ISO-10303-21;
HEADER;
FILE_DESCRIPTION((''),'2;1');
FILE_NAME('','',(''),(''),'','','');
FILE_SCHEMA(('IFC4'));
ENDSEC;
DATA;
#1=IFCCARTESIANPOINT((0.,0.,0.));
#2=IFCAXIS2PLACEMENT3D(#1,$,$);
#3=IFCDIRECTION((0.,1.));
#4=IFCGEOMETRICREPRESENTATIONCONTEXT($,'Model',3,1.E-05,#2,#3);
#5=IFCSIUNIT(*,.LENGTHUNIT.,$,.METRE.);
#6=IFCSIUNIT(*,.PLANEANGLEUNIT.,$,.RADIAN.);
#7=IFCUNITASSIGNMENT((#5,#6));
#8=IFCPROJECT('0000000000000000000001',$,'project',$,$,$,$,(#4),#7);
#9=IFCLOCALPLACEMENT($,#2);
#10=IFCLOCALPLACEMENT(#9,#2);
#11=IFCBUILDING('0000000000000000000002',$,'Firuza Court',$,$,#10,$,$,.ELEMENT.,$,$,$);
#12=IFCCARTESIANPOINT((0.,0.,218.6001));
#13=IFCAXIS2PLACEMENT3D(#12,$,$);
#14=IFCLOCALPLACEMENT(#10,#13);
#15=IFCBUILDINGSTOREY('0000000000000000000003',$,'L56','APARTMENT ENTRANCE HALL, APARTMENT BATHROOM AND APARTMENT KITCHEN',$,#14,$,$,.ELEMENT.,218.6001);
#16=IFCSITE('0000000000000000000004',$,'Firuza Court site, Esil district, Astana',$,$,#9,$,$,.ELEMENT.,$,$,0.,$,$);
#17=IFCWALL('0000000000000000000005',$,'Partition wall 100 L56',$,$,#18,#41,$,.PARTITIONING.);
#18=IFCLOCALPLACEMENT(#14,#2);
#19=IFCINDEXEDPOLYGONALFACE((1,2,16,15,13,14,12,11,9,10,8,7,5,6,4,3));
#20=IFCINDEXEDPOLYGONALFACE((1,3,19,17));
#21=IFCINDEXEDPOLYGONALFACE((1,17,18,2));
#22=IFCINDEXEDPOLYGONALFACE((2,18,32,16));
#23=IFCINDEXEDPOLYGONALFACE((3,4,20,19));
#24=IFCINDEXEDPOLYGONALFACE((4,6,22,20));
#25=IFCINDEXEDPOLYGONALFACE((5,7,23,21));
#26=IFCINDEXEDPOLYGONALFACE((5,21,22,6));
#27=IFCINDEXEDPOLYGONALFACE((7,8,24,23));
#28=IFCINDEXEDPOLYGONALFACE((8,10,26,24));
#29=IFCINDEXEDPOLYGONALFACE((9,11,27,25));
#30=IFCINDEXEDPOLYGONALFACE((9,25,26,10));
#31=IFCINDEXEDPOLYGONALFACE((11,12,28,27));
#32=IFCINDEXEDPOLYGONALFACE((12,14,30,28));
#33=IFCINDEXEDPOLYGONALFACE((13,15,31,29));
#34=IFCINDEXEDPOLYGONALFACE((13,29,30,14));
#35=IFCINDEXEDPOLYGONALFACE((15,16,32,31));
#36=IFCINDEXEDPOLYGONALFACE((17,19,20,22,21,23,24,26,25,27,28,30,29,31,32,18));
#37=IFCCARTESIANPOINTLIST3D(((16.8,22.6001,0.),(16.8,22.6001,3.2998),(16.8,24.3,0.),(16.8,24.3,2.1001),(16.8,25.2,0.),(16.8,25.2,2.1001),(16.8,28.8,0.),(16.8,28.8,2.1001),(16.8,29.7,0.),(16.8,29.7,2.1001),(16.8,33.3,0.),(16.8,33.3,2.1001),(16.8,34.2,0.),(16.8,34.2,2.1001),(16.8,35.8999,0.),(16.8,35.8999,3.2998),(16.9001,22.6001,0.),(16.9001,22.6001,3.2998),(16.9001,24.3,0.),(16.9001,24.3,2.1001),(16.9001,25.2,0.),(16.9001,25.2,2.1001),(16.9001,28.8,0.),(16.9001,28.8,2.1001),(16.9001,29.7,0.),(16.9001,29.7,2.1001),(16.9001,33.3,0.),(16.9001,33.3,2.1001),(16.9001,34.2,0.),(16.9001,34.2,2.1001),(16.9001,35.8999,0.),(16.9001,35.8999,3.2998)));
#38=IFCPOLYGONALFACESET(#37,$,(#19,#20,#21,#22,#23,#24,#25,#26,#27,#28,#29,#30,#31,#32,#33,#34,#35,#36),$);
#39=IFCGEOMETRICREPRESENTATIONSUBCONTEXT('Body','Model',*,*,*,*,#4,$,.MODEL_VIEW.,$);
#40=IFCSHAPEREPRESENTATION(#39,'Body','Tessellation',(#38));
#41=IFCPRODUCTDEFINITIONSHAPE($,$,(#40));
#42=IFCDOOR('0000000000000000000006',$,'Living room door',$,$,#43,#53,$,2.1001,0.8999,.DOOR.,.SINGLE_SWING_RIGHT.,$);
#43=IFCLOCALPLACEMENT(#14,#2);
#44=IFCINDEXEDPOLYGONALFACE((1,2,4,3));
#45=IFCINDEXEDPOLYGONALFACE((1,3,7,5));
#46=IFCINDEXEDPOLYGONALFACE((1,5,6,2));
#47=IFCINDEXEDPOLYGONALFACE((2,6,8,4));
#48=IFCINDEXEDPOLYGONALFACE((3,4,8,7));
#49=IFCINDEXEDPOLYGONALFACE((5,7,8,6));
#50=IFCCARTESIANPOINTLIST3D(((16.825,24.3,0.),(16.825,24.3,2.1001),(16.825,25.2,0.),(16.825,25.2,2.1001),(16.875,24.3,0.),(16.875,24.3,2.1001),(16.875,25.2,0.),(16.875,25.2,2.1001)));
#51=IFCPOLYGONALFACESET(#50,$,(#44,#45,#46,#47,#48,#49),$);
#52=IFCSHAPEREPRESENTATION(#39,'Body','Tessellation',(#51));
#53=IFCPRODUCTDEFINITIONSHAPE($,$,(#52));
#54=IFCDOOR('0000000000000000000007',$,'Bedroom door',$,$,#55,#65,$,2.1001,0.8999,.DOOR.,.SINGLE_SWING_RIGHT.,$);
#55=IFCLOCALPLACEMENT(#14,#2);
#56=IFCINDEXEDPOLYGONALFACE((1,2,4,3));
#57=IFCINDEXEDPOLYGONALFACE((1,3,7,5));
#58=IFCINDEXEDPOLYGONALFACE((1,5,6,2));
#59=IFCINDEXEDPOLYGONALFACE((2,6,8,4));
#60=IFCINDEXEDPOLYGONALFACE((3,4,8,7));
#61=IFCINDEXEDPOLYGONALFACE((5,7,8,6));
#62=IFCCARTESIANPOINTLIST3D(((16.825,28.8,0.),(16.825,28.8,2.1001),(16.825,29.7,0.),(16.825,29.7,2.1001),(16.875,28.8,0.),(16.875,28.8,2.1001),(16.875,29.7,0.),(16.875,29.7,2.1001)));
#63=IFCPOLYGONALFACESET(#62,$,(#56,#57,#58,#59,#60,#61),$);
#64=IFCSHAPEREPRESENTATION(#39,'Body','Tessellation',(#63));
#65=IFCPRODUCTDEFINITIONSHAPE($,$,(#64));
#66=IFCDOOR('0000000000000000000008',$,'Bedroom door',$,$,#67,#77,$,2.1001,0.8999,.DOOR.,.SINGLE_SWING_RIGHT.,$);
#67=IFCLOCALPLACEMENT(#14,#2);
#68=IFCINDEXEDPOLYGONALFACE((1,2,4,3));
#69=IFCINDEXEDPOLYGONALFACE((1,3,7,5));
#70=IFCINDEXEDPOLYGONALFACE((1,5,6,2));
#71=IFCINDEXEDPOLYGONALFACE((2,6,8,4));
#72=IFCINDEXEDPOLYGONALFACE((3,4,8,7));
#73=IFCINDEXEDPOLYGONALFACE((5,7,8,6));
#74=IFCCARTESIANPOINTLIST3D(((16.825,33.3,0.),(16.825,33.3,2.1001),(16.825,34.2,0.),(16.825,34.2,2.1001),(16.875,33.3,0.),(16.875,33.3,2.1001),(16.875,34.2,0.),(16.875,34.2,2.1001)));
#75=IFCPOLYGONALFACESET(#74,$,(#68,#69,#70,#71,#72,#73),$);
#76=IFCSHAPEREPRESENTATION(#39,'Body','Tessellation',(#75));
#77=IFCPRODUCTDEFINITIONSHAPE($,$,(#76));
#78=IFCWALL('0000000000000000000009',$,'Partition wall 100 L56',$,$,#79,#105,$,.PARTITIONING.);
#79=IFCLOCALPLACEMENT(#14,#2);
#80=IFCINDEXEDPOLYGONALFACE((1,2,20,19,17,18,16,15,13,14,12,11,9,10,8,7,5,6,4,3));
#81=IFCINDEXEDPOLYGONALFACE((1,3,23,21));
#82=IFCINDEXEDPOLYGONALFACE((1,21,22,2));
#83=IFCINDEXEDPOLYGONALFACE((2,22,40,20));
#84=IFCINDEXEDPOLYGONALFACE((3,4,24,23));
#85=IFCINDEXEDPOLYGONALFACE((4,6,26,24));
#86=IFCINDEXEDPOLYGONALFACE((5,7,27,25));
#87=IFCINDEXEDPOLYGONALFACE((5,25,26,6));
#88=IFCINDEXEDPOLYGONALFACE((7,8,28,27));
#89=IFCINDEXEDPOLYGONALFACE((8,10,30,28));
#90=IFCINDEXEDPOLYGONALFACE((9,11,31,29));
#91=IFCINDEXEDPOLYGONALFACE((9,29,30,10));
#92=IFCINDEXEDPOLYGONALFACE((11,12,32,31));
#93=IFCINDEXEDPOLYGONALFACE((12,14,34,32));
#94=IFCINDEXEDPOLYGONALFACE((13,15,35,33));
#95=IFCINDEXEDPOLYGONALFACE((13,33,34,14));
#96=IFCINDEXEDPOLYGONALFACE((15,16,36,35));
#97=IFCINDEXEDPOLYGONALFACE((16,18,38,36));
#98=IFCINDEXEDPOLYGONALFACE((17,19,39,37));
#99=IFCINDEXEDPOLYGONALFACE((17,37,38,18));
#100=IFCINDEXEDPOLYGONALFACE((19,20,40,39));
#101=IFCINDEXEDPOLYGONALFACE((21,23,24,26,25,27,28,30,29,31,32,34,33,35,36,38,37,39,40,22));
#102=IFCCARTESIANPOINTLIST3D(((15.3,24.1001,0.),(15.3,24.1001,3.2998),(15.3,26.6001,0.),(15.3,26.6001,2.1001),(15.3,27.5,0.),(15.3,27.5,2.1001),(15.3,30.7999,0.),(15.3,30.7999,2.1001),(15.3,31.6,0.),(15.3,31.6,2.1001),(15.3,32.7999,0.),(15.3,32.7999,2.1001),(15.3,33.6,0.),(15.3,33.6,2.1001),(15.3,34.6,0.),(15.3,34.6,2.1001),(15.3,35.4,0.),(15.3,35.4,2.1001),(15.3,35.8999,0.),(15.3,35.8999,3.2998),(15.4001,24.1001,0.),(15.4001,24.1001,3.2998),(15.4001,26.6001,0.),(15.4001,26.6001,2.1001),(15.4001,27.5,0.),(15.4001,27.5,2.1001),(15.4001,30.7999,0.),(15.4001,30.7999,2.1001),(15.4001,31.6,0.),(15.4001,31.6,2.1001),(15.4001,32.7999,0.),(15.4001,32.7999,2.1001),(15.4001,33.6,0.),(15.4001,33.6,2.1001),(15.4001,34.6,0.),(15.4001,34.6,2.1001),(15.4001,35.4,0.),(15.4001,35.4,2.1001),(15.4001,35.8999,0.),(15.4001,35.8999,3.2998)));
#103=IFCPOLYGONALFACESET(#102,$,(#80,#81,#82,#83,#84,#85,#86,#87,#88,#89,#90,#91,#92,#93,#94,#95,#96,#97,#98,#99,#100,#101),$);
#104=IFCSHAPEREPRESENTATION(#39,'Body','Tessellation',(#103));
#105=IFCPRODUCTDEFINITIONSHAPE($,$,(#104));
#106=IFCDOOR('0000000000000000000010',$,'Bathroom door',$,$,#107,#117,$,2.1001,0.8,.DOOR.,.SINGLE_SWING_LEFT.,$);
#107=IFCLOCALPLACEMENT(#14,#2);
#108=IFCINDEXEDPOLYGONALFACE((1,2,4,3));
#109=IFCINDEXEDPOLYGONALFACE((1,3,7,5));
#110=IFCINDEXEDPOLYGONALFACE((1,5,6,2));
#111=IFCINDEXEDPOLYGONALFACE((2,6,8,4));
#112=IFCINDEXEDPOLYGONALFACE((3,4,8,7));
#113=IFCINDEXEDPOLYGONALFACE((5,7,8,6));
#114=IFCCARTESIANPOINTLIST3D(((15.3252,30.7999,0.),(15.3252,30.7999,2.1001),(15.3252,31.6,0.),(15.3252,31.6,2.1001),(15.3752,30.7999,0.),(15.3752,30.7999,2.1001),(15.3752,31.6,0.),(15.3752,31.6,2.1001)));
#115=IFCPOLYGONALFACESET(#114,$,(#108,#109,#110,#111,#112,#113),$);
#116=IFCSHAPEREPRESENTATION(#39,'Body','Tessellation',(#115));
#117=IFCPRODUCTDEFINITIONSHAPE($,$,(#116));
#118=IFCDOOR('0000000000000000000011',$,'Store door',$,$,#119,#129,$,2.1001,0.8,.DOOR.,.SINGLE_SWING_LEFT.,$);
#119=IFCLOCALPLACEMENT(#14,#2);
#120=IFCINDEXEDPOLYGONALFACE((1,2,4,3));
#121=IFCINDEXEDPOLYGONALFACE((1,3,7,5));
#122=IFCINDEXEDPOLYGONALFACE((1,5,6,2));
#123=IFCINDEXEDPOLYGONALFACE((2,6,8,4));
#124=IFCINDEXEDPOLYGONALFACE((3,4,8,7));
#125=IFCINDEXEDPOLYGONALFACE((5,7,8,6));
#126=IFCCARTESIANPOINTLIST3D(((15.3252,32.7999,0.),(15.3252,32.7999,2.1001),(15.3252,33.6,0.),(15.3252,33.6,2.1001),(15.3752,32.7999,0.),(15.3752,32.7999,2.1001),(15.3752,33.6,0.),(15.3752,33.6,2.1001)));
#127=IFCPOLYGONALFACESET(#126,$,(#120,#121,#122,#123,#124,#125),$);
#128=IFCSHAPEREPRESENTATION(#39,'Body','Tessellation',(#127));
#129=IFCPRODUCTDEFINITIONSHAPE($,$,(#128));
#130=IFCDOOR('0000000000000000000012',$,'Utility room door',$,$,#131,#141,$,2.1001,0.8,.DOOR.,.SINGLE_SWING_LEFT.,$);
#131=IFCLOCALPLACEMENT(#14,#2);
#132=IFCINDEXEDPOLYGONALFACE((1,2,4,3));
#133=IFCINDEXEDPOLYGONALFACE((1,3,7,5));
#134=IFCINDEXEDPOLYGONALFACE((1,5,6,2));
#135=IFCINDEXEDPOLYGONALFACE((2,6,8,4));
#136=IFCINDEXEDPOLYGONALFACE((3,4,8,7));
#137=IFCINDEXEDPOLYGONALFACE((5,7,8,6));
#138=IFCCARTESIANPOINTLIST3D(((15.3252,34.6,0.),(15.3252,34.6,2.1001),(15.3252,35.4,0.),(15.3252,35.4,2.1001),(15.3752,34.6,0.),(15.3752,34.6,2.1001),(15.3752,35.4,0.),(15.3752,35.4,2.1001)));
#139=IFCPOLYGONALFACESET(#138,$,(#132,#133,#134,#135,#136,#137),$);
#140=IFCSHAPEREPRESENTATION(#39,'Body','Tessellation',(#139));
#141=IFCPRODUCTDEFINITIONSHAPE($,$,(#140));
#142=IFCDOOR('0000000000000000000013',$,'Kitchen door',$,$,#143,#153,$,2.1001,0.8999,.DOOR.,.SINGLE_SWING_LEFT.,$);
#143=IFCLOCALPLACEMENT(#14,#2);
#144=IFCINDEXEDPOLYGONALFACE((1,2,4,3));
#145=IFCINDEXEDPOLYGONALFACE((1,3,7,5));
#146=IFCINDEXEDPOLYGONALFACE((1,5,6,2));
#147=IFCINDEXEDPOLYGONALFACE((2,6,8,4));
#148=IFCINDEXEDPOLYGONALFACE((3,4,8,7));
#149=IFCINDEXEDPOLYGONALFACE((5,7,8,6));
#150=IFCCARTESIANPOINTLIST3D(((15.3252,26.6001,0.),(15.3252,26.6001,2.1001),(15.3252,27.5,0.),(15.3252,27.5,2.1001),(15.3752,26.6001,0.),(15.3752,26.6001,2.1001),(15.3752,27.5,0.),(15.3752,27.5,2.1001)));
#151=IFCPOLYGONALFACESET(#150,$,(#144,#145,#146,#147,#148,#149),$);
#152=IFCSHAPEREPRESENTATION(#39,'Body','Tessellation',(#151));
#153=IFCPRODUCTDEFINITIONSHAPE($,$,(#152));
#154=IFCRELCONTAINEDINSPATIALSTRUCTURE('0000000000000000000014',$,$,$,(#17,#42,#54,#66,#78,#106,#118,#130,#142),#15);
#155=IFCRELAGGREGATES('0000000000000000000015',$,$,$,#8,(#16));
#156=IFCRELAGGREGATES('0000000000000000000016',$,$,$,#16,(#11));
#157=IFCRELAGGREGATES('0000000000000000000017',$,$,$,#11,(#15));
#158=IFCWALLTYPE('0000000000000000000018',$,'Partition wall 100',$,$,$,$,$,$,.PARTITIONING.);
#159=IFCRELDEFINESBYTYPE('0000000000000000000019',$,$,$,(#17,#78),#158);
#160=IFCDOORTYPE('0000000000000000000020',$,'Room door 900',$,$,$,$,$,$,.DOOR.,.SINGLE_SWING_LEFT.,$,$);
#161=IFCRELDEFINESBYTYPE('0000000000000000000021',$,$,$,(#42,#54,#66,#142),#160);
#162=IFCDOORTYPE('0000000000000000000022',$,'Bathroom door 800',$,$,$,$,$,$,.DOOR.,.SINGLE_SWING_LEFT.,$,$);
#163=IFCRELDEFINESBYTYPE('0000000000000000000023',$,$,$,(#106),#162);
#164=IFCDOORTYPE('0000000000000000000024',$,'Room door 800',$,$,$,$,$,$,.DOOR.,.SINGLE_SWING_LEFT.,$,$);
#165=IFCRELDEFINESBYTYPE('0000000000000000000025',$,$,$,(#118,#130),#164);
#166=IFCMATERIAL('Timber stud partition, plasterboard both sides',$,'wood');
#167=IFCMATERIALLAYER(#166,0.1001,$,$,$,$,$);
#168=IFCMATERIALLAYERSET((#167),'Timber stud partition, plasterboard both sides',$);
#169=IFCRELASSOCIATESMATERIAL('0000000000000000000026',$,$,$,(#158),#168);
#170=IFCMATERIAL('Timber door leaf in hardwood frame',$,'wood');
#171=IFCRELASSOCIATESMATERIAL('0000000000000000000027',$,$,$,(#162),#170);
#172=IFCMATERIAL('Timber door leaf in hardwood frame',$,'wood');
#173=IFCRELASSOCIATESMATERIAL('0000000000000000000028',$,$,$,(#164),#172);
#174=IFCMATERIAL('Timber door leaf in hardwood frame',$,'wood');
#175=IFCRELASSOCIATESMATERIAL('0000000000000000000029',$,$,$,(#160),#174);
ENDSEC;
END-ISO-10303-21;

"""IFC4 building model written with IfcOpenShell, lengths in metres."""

from ifc_helpers import new_model, si_unit, direction, frame, frame_2d, origin, place, context, subcontext, project, spatial, rectangle, extrude, material, layer, layer_set, type_object, element, fill, save


model = new_model("IFC4")

# Units and contexts
model_context = context("Model", 3, precision=1e-05, world=origin(), true_north=direction((0.0, 1.0)))
body_context = subcontext(model_context, "Body", "Model", "MODEL_VIEW")
ifc_project = project(units=[si_unit("LENGTHUNIT", "METRE"), si_unit("PLANEANGLEUNIT", "RADIAN")], contexts=[model_context])

# Site, building, storey
site_placement = place(None, origin())
site = spatial("IfcSite", under=ifc_project, at=site_placement, Name="Firuza Court site, Esil district, Astana", CompositionType="ELEMENT", RefElevation=0.0)
building_placement = place(site_placement, origin())
building = spatial("IfcBuilding", under=site, at=building_placement, Name="Firuza Court", CompositionType="ELEMENT")
storey_placement = place(building_placement, frame((0.0, 0.0, 218.6001)))
storey = spatial("IfcBuildingStorey", under=building, at=storey_placement, Name="L56", Description="APARTMENT ENTRANCE HALL, APARTMENT BATHROOM AND APARTMENT KITCHEN", CompositionType="ELEMENT", Elevation=218.6001)

# Shared definitions
ifc_material_1 = material(Name="Timber stud partition, plasterboard both sides", Category="wood")
ifc_layer = layer(ifc_material_1, 0.1001)
ifc_layer_set = layer_set([ifc_layer], Name="Timber stud partition, plasterboard both sides")
wall_type = type_object("IfcWallType", Name="Partition wall 100", PredefinedType="PARTITIONING", material=ifc_layer_set)
ifc_material_2 = material(Name="Timber door leaf in hardwood frame", Category="wood")
door_type_1 = type_object("IfcDoorType", Name="Bathroom door 800", OperationType="SINGLE_SWING_LEFT", PredefinedType="DOOR", material=ifc_material_2)
ifc_material_3 = material(Name="Timber door leaf in hardwood frame", Category="wood")
door_type_2 = type_object("IfcDoorType", Name="Room door 800", OperationType="SINGLE_SWING_LEFT", PredefinedType="DOOR", material=ifc_material_3)

# Shared definitions
ifc_material_4 = material(Name="Timber door leaf in hardwood frame", Category="wood")
door_type_3 = type_object("IfcDoorType", Name="Room door 900", OperationType="SINGLE_SWING_LEFT", PredefinedType="DOOR", material=ifc_material_4)

# Walls, openings, doors
wall_1_placement = place(storey_placement, frame((16.8501, 22.6001, 0.0), z_axis=(0.0, 0.0, 1.0), x_axis=(0.0, 1.0, 0.0)))
wall_1 = element("IfcWall", 1, at=wall_1_placement, inside=storey, type_object=wall_type, Name="Partition wall 100 L56", PredefinedType="PARTITIONING", context=body_context, shape_type="SweptSolid", body=[
    extrude(rectangle(XDim=13.2998, YDim=0.1001, at=frame_2d((6.6499, 0.0))), origin(), (0.0, 0.0, 1.0), 3.2998),
])
opening_1_placement = place(wall_1_placement, frame((1.7, 0.0, 0.0)))
opening_1 = element("IfcOpeningElement", 2, at=opening_1_placement, cuts=wall_1, PredefinedType="OPENING", context=body_context, shape_type="SweptSolid", body=[
    extrude(rectangle(XDim=0.8999, YDim=2.1001, at=frame_2d((0.45, 1.05))), frame((0.0, 0.062, 0.0), z_axis=(0.0, -1.0, 0.0), x_axis=(1.0, 0.0, 0.0)), (0.0, 0.0, 1.0), 0.124),
])
opening_2_placement = place(wall_1_placement, frame((6.2, 0.0, 0.0)))
opening_2 = element("IfcOpeningElement", 3, at=opening_2_placement, cuts=wall_1, PredefinedType="OPENING", context=body_context, shape_type="SweptSolid", body=[
    extrude(rectangle(XDim=0.8999, YDim=2.1001, at=frame_2d((0.45, 1.05))), frame((0.0, 0.062, 0.0), z_axis=(0.0, -1.0, 0.0), x_axis=(1.0, 0.0, 0.0)), (0.0, 0.0, 1.0), 0.124),
])
opening_3_placement = place(wall_1_placement, frame((10.7, 0.0, 0.0)))
opening_3 = element("IfcOpeningElement", 4, at=opening_3_placement, cuts=wall_1, PredefinedType="OPENING", context=body_context, shape_type="SweptSolid", body=[
    extrude(rectangle(XDim=0.8999, YDim=2.1001, at=frame_2d((0.45, 1.05))), frame((0.0, 0.062, 0.0), z_axis=(0.0, -1.0, 0.0), x_axis=(1.0, 0.0, 0.0)), (0.0, 0.0, 1.0), 0.124),
])
door_1_placement = place(opening_1_placement, frame((0.8999, 0.0, 0.0), z_axis=(0.0, 0.0, 1.0), x_axis=(-1.0, 0.0, 0.0)))
door_1 = element("IfcDoor", 5, at=door_1_placement, inside=storey, type_object=door_type_3, Name="Living room door", OperationType="SINGLE_SWING_RIGHT", OverallHeight=2.1001, OverallWidth=0.8999, PredefinedType="DOOR", context=body_context, shape_type="SweptSolid", body=[
    extrude(rectangle(XDim=0.8999, YDim=2.1001, at=frame_2d((0.45, 1.05))), frame((0.0, 0.0249, 0.0), z_axis=(0.0, -1.0, 0.0), x_axis=(1.0, 0.0, 0.0)), (0.0, 0.0, 1.0), 0.05),
])
fill(opening_1, door_1)
door_2_placement = place(opening_2_placement, frame((0.8999, 0.0, 0.0), z_axis=(0.0, 0.0, 1.0), x_axis=(-1.0, 0.0, 0.0)))
door_2 = element("IfcDoor", 6, at=door_2_placement, inside=storey, type_object=door_type_3, Name="Bedroom door", OperationType="SINGLE_SWING_RIGHT", OverallHeight=2.1001, OverallWidth=0.8999, PredefinedType="DOOR", context=body_context, shape_type="SweptSolid", body=[
    extrude(rectangle(XDim=0.8999, YDim=2.1001, at=frame_2d((0.45, 1.05))), frame((0.0, 0.0249, 0.0), z_axis=(0.0, -1.0, 0.0), x_axis=(1.0, 0.0, 0.0)), (0.0, 0.0, 1.0), 0.05),
])
fill(opening_2, door_2)
door_3_placement = place(opening_3_placement, frame((0.8999, 0.0, 0.0), z_axis=(0.0, 0.0, 1.0), x_axis=(-1.0, 0.0, 0.0)))
door_3 = element("IfcDoor", 7, at=door_3_placement, inside=storey, type_object=door_type_3, Name="Bedroom door", OperationType="SINGLE_SWING_RIGHT", OverallHeight=2.1001, OverallWidth=0.8999, PredefinedType="DOOR", context=body_context, shape_type="SweptSolid", body=[
    extrude(rectangle(XDim=0.8999, YDim=2.1001, at=frame_2d((0.45, 1.05))), frame((0.0, 0.0249, 0.0), z_axis=(0.0, -1.0, 0.0), x_axis=(1.0, 0.0, 0.0)), (0.0, 0.0, 1.0), 0.05),
])
fill(opening_3, door_3)
wall_2_placement = place(storey_placement, frame((15.3501, 24.1001, 0.0), z_axis=(0.0, 0.0, 1.0), x_axis=(0.0, 1.0, 0.0)))
wall_2 = element("IfcWall", 8, at=wall_2_placement, inside=storey, type_object=wall_type, Name="Partition wall 100 L56", PredefinedType="PARTITIONING", context=body_context, shape_type="SweptSolid", body=[
    extrude(rectangle(XDim=11.7998, YDim=0.1001, at=frame_2d((5.8999, 0.0))), origin(), (0.0, 0.0, 1.0), 3.2998),
])
opening_4_placement = place(wall_2_placement, frame((6.7, 0.0, 0.0)))
opening_4 = element("IfcOpeningElement", 9, at=opening_4_placement, cuts=wall_2, PredefinedType="OPENING", context=body_context, shape_type="SweptSolid", body=[
    extrude(rectangle(XDim=0.8, YDim=2.1001, at=frame_2d((0.3999, 1.05))), frame((0.0, 0.062, 0.0), z_axis=(0.0, -1.0, 0.0), x_axis=(1.0, 0.0, 0.0)), (0.0, 0.0, 1.0), 0.124),
])
opening_5_placement = place(wall_2_placement, frame((2.5, 0.0, 0.0)))
opening_5 = element("IfcOpeningElement", 10, at=opening_5_placement, cuts=wall_2, PredefinedType="OPENING", context=body_context, shape_type="SweptSolid", body=[
    extrude(rectangle(XDim=0.8999, YDim=2.1001, at=frame_2d((0.45, 1.05))), frame((0.0, 0.062, 0.0), z_axis=(0.0, -1.0, 0.0), x_axis=(1.0, 0.0, 0.0)), (0.0, 0.0, 1.0), 0.124),
])
opening_6_placement = place(wall_2_placement, frame((8.7, 0.0, 0.0)))
opening_6 = element("IfcOpeningElement", 11, at=opening_6_placement, cuts=wall_2, PredefinedType="OPENING", context=body_context, shape_type="SweptSolid", body=[
    extrude(rectangle(XDim=0.8, YDim=2.1001, at=frame_2d((0.3999, 1.05))), frame((0.0, 0.062, 0.0), z_axis=(0.0, -1.0, 0.0), x_axis=(1.0, 0.0, 0.0)), (0.0, 0.0, 1.0), 0.124),
])
opening_7_placement = place(wall_2_placement, frame((10.5, 0.0, 0.0)))
opening_7 = element("IfcOpeningElement", 12, at=opening_7_placement, cuts=wall_2, PredefinedType="OPENING", context=body_context, shape_type="SweptSolid", body=[
    extrude(rectangle(XDim=0.8, YDim=2.1001, at=frame_2d((0.3999, 1.05))), frame((0.0, 0.062, 0.0), z_axis=(0.0, -1.0, 0.0), x_axis=(1.0, 0.0, 0.0)), (0.0, 0.0, 1.0), 0.124),
])
door_4_placement = place(opening_4_placement, origin())
door_4 = element("IfcDoor", 13, at=door_4_placement, inside=storey, type_object=door_type_1, Name="Bathroom door", OperationType="SINGLE_SWING_LEFT", OverallHeight=2.1001, OverallWidth=0.8, PredefinedType="DOOR", context=body_context, shape_type="SweptSolid", body=[
    extrude(rectangle(XDim=0.8, YDim=2.1001, at=frame_2d((0.3999, 1.05))), frame((0.0, 0.0249, 0.0), z_axis=(0.0, -1.0, 0.0), x_axis=(1.0, 0.0, 0.0)), (0.0, 0.0, 1.0), 0.05),
])
fill(opening_4, door_4)
door_5_placement = place(opening_6_placement, origin())
door_5 = element("IfcDoor", 14, at=door_5_placement, inside=storey, type_object=door_type_2, Name="Store door", OperationType="SINGLE_SWING_LEFT", OverallHeight=2.1001, OverallWidth=0.8, PredefinedType="DOOR", context=body_context, shape_type="SweptSolid", body=[
    extrude(rectangle(XDim=0.8, YDim=2.1001, at=frame_2d((0.3999, 1.05))), frame((0.0, 0.0249, 0.0), z_axis=(0.0, -1.0, 0.0), x_axis=(1.0, 0.0, 0.0)), (0.0, 0.0, 1.0), 0.05),
])
fill(opening_6, door_5)
door_6_placement = place(opening_7_placement, origin())
door_6 = element("IfcDoor", 15, at=door_6_placement, inside=storey, type_object=door_type_2, Name="Utility room door", OperationType="SINGLE_SWING_LEFT", OverallHeight=2.1001, OverallWidth=0.8, PredefinedType="DOOR", context=body_context, shape_type="SweptSolid", body=[
    extrude(rectangle(XDim=0.8, YDim=2.1001, at=frame_2d((0.3999, 1.05))), frame((0.0, 0.0249, 0.0), z_axis=(0.0, -1.0, 0.0), x_axis=(1.0, 0.0, 0.0)), (0.0, 0.0, 1.0), 0.05),
])
fill(opening_7, door_6)
door_7_placement = place(opening_5_placement, origin())
door_7 = element("IfcDoor", 16, at=door_7_placement, inside=storey, type_object=door_type_3, Name="Kitchen door", OperationType="SINGLE_SWING_LEFT", OverallHeight=2.1001, OverallWidth=0.8999, PredefinedType="DOOR", context=body_context, shape_type="SweptSolid", body=[
    extrude(rectangle(XDim=0.8999, YDim=2.1001, at=frame_2d((0.45, 1.05))), frame((0.0, 0.0249, 0.0), z_axis=(0.0, -1.0, 0.0), x_axis=(1.0, 0.0, 0.0)), (0.0, 0.0, 1.0), 0.05),
])
fill(opening_5, door_7)

save(model, "model.ifc")
